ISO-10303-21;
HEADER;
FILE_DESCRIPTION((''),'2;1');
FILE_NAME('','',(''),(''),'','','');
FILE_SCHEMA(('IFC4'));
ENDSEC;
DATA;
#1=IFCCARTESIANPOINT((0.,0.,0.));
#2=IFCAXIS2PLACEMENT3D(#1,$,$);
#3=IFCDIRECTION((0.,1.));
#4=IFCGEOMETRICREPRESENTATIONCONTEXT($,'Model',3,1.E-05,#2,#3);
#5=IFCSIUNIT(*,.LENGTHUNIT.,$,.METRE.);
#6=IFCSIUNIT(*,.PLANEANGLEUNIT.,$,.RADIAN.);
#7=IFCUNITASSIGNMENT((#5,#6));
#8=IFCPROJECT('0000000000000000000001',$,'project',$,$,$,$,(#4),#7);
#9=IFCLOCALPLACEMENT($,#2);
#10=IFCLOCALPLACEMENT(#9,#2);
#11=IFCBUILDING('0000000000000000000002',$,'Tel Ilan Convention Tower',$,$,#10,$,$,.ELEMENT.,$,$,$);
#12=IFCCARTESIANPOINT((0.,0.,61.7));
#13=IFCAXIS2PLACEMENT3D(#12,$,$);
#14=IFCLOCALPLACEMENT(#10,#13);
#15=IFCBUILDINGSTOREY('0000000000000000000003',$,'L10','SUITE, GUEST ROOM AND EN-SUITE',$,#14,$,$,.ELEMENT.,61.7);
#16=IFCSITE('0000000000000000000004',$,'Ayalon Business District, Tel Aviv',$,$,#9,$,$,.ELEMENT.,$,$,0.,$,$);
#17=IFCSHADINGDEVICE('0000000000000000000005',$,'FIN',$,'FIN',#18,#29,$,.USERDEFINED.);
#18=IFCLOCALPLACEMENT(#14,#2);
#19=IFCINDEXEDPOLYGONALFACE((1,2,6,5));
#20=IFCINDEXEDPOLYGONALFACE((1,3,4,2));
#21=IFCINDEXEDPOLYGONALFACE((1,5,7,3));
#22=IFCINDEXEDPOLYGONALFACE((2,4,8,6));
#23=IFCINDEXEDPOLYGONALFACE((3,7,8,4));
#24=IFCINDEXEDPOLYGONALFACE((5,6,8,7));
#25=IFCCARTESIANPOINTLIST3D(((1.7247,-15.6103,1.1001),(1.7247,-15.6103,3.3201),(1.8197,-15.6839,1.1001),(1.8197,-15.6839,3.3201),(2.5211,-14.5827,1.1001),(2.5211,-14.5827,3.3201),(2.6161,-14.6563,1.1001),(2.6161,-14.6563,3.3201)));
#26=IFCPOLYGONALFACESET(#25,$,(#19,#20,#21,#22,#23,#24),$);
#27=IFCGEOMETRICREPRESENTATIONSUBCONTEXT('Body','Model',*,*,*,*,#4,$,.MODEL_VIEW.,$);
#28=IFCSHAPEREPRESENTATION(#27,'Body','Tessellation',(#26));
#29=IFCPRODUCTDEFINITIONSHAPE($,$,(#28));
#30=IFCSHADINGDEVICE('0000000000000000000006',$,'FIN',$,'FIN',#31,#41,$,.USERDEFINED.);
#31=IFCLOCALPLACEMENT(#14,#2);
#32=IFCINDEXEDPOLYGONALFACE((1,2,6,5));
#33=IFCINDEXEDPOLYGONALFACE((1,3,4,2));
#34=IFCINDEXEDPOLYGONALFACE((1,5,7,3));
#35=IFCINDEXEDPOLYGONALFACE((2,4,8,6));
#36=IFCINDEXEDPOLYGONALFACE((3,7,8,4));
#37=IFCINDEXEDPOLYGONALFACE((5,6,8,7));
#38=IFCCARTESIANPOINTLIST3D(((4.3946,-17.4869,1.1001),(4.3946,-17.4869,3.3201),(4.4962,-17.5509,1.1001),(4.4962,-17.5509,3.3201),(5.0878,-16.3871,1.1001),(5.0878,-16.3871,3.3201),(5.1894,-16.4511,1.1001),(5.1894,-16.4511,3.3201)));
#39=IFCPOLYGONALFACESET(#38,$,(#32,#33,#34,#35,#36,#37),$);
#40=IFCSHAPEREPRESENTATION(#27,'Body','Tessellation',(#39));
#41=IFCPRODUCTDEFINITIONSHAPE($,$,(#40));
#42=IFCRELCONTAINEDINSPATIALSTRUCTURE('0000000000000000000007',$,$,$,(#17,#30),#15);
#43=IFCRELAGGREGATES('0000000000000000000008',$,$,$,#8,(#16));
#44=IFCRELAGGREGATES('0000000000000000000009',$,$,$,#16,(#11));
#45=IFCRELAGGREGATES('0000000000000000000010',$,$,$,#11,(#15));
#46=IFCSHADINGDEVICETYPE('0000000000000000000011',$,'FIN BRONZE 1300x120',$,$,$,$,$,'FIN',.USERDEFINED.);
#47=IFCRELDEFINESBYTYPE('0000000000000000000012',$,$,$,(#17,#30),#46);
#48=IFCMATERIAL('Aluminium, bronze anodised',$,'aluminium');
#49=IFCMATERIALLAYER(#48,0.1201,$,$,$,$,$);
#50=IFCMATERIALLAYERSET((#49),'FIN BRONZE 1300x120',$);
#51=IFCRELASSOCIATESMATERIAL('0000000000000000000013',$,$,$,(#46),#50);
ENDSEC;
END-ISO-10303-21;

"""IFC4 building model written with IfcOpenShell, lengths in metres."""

from ifc_helpers import new_model, si_unit, direction, frame, origin, origin_2d, place, context, subcontext, project, spatial, rectangle, extrude, material, layer, layer_set, type_object, element, save


model = new_model("IFC4")

# Units and contexts
model_context = context("Model", 3, precision=1e-05, world=origin(), true_north=direction((0.0, 1.0)))
body_context = subcontext(model_context, "Body", "Model", "MODEL_VIEW")
ifc_project = project(units=[si_unit("LENGTHUNIT", "METRE"), si_unit("PLANEANGLEUNIT", "RADIAN")], contexts=[model_context])

# Site, building, storey
site_placement = place(None, origin())
site = spatial("IfcSite", under=ifc_project, at=site_placement, Name="Ayalon Business District, Tel Aviv", CompositionType="ELEMENT", RefElevation=0.0)
building_placement = place(site_placement, origin())
building = spatial("IfcBuilding", under=site, at=building_placement, Name="Tel Ilan Convention Tower", CompositionType="ELEMENT")
storey_placement = place(building_placement, frame((0.0, 0.0, 61.7)))
storey = spatial("IfcBuildingStorey", under=building, at=storey_placement, Name="L10", Description="SUITE, GUEST ROOM AND EN-SUITE", CompositionType="ELEMENT", Elevation=61.7)

# Shading devices
ifc_material_1 = material(Name="Aluminium, bronze anodised", Category="aluminium")
ifc_layer_1 = layer(ifc_material_1, 0.1201)
ifc_layer_set_1 = layer_set([ifc_layer_1], Name="FIN BRONZE 1300x120")
shading_device_type = type_object("IfcShadingDeviceType", Name="FIN BRONZE 1300x120", ElementType="FIN", PredefinedType="USERDEFINED", material=ifc_layer_set_1)
for number, where, z_axis, x_axis, name in (
    (1, (2.1704, -15.1333, 1.1001), (0.0, 0.0, 1.0), (-0.612601, -0.790393, 0.0), "FIN"),
    (2, (4.792, -16.969, 1.1001), (0.0, 0.0, 1.0), (-0.533204, -0.845986, 0.0), "FIN"),
):
    element("IfcShadingDevice", number, at=place(storey_placement, frame(where, z_axis=z_axis, x_axis=x_axis)), inside=storey, type_object=shading_device_type, Name=name, ObjectType="FIN", PredefinedType="USERDEFINED", context=body_context, shape_type="SweptSolid", body=[
        extrude(rectangle(XDim=1.3, YDim=0.1201, at=origin_2d()), origin(), (0.0, 0.0, 1.0), 2.22),
    ])

save(model, "model.ifc")
